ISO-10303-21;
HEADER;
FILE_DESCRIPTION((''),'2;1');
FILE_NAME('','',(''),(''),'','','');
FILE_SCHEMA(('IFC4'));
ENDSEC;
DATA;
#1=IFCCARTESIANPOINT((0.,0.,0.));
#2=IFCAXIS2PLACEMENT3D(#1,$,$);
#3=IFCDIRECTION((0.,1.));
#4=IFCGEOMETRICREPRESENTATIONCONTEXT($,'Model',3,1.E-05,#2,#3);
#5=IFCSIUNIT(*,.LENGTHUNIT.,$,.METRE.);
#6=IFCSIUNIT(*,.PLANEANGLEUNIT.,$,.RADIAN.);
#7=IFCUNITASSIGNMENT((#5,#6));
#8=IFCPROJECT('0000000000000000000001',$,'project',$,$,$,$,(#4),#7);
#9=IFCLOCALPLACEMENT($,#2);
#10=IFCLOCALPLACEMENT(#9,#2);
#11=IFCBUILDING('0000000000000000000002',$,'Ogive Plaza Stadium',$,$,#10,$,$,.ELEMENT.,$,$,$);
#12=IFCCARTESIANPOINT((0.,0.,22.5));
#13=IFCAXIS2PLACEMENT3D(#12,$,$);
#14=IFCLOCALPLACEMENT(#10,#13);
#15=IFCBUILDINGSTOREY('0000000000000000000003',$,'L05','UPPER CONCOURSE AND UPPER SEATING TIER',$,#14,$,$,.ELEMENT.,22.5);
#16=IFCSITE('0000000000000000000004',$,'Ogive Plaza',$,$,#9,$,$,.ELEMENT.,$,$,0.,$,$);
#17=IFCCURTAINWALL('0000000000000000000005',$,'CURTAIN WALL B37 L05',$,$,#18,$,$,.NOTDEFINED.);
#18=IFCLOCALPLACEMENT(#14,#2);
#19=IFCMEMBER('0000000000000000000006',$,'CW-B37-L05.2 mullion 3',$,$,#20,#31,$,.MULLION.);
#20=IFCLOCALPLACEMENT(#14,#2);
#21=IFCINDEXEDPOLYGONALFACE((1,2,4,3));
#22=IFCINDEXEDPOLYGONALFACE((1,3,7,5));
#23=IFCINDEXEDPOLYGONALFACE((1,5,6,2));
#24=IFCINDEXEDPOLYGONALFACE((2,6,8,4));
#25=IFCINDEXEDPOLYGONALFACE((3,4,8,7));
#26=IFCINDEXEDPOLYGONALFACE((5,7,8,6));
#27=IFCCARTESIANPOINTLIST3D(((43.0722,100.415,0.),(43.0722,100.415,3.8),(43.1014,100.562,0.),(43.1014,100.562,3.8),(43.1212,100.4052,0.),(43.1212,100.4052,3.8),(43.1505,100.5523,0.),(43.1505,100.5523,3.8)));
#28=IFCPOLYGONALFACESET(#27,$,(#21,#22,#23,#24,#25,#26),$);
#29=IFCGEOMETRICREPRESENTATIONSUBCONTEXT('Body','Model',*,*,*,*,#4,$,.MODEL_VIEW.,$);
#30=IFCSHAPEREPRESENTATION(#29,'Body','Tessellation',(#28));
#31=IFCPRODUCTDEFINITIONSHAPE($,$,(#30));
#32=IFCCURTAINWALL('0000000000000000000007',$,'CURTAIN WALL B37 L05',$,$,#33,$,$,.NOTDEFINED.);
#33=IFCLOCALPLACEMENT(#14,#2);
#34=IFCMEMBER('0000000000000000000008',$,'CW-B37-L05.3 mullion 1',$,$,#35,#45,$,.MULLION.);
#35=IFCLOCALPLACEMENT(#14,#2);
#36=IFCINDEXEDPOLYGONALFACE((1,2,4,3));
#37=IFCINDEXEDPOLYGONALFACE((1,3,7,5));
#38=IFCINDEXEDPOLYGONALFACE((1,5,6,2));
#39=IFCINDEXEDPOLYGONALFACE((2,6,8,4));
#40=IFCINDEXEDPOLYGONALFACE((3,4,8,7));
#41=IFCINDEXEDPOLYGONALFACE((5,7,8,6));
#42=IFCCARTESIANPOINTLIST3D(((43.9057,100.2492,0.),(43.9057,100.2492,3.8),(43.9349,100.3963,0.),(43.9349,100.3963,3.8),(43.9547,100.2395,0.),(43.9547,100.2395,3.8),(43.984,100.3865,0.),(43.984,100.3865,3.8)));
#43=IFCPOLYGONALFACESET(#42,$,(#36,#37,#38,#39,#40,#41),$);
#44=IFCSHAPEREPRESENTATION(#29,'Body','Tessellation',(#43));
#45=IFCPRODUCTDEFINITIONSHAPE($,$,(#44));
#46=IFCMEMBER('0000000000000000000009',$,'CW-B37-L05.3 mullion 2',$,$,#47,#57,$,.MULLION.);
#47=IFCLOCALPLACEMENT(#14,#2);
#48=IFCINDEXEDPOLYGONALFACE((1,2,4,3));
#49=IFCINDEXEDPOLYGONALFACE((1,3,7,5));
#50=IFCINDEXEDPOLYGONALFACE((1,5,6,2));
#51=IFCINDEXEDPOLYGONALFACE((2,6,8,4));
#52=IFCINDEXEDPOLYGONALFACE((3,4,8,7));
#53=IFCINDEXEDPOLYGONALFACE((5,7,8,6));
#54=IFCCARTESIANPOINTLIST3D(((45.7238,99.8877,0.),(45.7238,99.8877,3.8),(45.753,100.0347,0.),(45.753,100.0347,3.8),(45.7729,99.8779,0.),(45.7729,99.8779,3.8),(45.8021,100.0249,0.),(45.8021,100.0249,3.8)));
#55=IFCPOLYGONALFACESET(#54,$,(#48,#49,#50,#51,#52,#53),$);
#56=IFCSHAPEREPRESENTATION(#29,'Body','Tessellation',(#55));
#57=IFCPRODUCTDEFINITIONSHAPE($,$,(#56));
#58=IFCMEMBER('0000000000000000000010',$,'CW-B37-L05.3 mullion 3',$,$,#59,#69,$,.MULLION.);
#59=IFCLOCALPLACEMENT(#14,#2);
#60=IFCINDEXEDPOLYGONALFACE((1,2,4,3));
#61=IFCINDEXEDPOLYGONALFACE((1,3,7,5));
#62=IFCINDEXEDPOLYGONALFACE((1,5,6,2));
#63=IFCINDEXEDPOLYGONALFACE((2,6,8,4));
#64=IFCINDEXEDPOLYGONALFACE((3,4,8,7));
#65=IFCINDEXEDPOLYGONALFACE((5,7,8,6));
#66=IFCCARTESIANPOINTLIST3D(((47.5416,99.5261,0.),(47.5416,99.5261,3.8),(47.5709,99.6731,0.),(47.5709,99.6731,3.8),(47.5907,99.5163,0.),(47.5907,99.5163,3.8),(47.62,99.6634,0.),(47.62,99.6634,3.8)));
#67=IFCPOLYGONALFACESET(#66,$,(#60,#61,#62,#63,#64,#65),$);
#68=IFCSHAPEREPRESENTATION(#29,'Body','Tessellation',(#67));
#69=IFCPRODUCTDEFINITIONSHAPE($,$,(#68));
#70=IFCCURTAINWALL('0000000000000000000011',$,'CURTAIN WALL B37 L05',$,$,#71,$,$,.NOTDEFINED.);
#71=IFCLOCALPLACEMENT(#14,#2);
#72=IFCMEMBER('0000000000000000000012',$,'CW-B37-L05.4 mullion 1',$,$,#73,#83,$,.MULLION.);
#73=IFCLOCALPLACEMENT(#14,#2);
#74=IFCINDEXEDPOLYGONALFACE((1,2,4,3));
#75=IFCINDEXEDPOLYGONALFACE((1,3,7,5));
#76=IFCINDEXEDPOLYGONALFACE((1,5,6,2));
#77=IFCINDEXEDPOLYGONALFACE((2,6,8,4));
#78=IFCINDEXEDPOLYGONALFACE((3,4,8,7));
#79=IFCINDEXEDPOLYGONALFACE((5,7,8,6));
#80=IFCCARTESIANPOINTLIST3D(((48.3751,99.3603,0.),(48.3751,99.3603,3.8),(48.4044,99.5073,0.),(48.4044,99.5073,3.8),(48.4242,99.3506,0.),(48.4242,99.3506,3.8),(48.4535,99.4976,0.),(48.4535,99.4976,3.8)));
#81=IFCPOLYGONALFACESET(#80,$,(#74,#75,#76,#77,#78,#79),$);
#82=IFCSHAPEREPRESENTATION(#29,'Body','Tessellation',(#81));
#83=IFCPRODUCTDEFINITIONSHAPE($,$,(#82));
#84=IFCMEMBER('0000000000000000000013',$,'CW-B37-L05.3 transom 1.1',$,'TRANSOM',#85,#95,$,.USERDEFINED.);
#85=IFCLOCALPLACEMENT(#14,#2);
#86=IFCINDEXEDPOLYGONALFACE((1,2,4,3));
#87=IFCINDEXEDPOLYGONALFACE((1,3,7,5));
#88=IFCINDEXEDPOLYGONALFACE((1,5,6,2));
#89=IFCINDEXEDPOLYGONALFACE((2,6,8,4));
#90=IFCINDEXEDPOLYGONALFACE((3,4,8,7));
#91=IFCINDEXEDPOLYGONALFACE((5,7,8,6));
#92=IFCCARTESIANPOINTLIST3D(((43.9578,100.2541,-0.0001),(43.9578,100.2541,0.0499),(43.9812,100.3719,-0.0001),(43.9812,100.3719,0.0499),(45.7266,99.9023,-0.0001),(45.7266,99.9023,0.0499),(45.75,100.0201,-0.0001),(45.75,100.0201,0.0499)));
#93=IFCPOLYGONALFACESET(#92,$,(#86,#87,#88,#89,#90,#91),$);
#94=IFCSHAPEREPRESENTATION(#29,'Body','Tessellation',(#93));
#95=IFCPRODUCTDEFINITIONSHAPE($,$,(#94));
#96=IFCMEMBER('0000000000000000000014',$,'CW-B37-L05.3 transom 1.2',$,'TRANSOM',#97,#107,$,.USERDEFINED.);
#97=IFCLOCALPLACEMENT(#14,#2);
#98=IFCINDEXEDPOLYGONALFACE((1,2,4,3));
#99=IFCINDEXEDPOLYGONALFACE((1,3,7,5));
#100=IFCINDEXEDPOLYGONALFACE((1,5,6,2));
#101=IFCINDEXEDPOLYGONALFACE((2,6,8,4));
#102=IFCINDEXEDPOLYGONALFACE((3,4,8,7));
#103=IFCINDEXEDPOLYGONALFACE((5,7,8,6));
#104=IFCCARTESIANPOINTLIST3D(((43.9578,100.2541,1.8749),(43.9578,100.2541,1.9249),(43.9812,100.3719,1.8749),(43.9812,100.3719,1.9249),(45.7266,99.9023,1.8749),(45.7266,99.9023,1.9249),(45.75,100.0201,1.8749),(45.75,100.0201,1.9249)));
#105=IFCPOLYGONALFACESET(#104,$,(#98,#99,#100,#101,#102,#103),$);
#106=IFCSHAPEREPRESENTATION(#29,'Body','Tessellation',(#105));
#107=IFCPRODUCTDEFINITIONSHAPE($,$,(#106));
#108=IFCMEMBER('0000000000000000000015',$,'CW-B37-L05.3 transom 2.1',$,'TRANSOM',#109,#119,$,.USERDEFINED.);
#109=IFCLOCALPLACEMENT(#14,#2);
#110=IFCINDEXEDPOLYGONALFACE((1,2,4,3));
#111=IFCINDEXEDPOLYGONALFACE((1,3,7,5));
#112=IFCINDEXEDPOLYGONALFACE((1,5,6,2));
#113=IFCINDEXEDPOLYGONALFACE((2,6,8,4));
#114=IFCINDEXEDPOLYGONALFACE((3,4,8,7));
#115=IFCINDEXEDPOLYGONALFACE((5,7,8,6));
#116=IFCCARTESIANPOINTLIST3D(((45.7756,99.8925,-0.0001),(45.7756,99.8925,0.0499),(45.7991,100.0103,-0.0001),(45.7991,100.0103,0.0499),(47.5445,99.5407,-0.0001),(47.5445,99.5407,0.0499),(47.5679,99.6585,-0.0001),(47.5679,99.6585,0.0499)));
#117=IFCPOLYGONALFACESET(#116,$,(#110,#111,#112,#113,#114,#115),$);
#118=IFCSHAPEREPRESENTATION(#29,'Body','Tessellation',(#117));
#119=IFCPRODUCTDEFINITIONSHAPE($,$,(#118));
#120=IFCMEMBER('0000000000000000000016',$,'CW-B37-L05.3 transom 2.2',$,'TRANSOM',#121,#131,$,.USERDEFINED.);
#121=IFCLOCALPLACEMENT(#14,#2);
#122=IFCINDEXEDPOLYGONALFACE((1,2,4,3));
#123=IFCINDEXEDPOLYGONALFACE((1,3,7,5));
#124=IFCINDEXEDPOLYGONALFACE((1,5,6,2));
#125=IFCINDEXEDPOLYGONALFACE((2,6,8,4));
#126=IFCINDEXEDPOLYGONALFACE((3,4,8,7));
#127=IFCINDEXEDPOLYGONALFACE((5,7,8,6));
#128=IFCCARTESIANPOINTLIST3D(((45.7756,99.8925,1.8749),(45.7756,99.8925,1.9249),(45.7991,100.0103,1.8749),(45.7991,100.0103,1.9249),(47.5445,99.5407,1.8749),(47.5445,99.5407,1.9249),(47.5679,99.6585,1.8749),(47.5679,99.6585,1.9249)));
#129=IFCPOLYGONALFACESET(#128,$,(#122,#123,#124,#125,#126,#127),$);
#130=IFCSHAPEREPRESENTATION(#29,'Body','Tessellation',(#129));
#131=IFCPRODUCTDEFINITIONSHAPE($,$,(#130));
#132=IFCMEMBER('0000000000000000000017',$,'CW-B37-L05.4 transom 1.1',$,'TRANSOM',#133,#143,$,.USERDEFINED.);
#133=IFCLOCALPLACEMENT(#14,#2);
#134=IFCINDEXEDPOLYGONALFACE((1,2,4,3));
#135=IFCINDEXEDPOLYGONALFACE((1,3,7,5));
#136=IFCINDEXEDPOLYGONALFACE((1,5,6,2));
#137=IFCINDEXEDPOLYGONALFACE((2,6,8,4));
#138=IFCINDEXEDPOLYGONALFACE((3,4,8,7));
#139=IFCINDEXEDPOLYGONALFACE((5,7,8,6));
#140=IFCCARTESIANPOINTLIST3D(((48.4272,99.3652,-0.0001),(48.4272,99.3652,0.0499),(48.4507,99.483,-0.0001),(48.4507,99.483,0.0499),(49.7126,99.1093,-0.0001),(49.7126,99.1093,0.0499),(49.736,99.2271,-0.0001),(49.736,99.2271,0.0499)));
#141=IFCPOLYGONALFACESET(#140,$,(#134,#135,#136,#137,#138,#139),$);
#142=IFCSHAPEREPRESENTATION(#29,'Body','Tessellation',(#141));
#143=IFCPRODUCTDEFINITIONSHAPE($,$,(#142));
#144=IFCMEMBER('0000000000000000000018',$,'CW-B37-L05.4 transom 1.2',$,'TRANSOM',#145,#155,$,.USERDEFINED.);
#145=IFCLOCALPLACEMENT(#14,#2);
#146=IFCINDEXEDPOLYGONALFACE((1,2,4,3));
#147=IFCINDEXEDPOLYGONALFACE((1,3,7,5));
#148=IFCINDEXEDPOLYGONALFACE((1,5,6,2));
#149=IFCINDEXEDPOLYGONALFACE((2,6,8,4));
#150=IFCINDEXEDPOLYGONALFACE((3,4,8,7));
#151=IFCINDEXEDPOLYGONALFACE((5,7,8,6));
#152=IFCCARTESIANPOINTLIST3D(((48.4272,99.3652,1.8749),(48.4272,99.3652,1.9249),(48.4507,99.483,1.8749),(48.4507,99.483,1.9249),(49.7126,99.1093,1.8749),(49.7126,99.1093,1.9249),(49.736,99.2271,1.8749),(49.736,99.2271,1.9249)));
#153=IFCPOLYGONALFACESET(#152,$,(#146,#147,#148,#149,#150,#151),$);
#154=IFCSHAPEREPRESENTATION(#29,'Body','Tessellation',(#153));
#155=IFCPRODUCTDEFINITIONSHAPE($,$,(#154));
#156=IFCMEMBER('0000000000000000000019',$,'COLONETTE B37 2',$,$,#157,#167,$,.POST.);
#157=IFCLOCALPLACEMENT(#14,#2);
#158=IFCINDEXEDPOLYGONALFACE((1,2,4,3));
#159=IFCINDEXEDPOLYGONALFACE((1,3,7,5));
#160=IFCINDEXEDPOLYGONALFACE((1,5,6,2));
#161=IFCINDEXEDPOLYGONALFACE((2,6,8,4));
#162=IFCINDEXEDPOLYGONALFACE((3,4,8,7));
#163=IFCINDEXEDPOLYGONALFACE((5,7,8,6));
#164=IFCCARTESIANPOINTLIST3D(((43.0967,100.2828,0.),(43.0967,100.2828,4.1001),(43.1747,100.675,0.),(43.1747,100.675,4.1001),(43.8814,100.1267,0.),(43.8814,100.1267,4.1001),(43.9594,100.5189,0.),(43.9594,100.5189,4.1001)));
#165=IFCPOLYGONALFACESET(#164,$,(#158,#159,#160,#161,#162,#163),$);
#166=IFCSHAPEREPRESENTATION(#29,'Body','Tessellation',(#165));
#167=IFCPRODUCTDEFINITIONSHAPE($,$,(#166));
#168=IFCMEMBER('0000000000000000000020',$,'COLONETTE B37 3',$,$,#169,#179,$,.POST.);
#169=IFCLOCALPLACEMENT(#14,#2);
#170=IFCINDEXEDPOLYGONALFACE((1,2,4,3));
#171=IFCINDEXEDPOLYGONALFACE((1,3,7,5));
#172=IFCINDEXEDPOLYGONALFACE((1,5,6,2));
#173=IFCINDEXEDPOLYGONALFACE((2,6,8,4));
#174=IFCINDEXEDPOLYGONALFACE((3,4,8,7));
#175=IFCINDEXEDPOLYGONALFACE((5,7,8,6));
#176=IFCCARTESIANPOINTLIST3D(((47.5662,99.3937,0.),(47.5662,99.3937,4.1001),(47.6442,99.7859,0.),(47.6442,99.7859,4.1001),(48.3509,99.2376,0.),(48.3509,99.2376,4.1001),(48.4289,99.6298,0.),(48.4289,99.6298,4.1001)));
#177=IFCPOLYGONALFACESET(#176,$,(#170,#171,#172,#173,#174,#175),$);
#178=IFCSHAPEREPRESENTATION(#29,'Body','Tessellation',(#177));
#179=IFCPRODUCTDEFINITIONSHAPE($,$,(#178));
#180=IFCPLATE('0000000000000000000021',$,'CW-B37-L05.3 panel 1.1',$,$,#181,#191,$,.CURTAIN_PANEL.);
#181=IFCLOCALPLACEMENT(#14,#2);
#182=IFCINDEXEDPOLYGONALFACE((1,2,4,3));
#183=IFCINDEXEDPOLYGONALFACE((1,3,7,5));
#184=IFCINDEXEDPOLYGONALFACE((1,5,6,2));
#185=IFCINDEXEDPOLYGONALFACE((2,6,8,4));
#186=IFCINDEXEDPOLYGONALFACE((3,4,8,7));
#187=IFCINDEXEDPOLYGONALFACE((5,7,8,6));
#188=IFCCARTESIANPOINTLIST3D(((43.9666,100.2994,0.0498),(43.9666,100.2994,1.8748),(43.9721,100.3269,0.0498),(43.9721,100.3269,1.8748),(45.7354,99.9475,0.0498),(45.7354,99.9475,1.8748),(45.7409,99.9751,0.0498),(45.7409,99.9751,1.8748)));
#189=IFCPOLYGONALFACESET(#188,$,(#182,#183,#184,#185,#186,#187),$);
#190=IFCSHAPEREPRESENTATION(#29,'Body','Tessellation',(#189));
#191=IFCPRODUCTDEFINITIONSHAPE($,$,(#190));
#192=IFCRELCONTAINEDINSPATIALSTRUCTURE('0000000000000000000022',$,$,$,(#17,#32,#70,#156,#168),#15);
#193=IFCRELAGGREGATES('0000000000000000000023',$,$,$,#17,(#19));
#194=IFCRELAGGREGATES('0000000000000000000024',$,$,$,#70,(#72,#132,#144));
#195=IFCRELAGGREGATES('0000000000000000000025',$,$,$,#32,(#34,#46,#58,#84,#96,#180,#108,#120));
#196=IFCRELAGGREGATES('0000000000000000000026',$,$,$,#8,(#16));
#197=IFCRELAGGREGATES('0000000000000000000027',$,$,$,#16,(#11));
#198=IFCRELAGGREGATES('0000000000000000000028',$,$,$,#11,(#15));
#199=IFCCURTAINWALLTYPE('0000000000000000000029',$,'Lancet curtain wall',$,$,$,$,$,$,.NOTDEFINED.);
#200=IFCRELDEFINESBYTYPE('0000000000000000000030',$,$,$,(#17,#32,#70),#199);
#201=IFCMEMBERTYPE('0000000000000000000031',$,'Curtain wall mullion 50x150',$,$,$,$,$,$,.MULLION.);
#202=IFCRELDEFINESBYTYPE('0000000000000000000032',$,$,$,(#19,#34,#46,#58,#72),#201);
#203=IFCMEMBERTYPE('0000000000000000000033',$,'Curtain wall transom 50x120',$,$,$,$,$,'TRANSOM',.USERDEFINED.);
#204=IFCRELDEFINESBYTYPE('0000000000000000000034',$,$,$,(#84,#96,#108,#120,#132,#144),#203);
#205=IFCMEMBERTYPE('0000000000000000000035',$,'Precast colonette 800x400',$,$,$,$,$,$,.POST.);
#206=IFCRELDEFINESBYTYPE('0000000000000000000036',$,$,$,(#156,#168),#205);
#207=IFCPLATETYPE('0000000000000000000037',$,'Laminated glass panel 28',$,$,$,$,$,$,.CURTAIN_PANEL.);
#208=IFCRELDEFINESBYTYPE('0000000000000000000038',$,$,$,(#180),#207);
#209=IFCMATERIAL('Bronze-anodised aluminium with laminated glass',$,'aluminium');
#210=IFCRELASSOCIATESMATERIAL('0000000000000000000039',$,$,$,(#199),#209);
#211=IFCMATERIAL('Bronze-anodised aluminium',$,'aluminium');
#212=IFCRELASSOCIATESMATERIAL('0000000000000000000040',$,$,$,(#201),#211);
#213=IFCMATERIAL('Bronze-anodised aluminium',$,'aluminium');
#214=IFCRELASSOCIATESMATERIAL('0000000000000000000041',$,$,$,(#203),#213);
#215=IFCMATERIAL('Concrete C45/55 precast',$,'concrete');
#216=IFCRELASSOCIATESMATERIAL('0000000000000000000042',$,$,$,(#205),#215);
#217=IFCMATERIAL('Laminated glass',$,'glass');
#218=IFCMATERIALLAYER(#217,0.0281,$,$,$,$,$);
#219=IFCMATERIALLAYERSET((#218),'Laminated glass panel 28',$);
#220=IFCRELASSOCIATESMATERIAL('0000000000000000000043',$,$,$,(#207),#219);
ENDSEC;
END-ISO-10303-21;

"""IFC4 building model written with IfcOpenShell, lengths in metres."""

from ifc_helpers import new_model, si_unit, direction, frame, origin, origin_2d, place, context, subcontext, project, spatial, rectangle, extrude, material, layer, layer_set, material_profile, profile_set, type_object, element, aggregate, save


model = new_model("IFC4")

# Units and contexts
model_context = context("Model", 3, precision=1e-05, world=origin(), true_north=direction((0.0, 1.0)))
body_context = subcontext(model_context, "Body", "Model", "MODEL_VIEW")
ifc_project = project(units=[si_unit("LENGTHUNIT", "METRE"), si_unit("PLANEANGLEUNIT", "RADIAN")], contexts=[model_context])

# Site, building, storey
site_placement = place(None, origin())
site = spatial("IfcSite", under=ifc_project, at=site_placement, Name="Ogive Plaza", CompositionType="ELEMENT", RefElevation=0.0)
building_placement = place(site_placement, origin())
building = spatial("IfcBuilding", under=site, at=building_placement, Name="Ogive Plaza Stadium", CompositionType="ELEMENT")
storey_placement = place(building_placement, frame((0.0, 0.0, 22.5)))
storey = spatial("IfcBuildingStorey", under=building, at=storey_placement, Name="L05", Description="UPPER CONCOURSE AND UPPER SEATING TIER", CompositionType="ELEMENT", Elevation=22.5)

# Curtain wall, member
ifc_material_1 = material(Name="Bronze-anodised aluminium with laminated glass", Category="aluminium")
curtain_wall_type = type_object("IfcCurtainWallType", Name="Lancet curtain wall", PredefinedType="NOTDEFINED", material=ifc_material_1)
curtain_wall_1_placement = place(storey_placement, origin())
curtain_wall_1 = element("IfcCurtainWall", 1, at=curtain_wall_1_placement, inside=storey, type_object=curtain_wall_type, Name="CURTAIN WALL B37 L05", PredefinedType="NOTDEFINED")
ifc_material_2 = material(Name="Bronze-anodised aluminium", Category="aluminium")
ifc_material_profile_1 = material_profile(ifc_material_2, rectangle(XDim=0.1499, YDim=0.05, at=origin_2d()), Name="AL 150x50")
ifc_profile_set_1 = profile_set([ifc_material_profile_1], Name="Bronze-anodised aluminium")
member_type_1 = type_object("IfcMemberType", Name="Curtain wall mullion 50x150", PredefinedType="MULLION", material=ifc_profile_set_1)
member_1_placement = place(storey_placement, frame((43.1113, 100.4836, 0.0), z_axis=(0.0, 0.0, 1.0), x_axis=(0.19509, 0.980785, 0.0)))
member_1 = element("IfcMember", 2, at=member_1_placement, type_object=member_type_1, Name="CW-B37-L05.2 mullion 3", PredefinedType="MULLION", context=body_context, shape_type="SweptSolid", body=[
    extrude(rectangle(XDim=0.1499, YDim=0.05, at=origin_2d()), origin(), (0.0, 0.0, 1.0), 3.8),
])
aggregate(curtain_wall_1, [member_1])

# Curtain wall, members
curtain_wall_2_placement = place(storey_placement, origin())
curtain_wall_2 = element("IfcCurtainWall", 3, at=curtain_wall_2_placement, inside=storey, type_object=curtain_wall_type, Name="CURTAIN WALL B37 L05", PredefinedType="NOTDEFINED")
member_2_placement = place(storey_placement, frame((43.9448, 100.3179, 0.0), z_axis=(0.0, 0.0, 1.0), x_axis=(0.19509, 0.980785, 0.0)))
member_2 = element("IfcMember", 4, at=member_2_placement, type_object=member_type_1, Name="CW-B37-L05.3 mullion 1", PredefinedType="MULLION", context=body_context, shape_type="SweptSolid", body=[
    extrude(rectangle(XDim=0.1499, YDim=0.05, at=origin_2d()), origin(), (0.0, 0.0, 1.0), 3.8),
])
member_3_placement = place(storey_placement, frame((45.7629, 99.9563, 0.0), z_axis=(0.0, 0.0, 1.0), x_axis=(0.19509, 0.980785, 0.0)))
member_3 = element("IfcMember", 5, at=member_3_placement, type_object=member_type_1, Name="CW-B37-L05.3 mullion 2", PredefinedType="MULLION", context=body_context, shape_type="SweptSolid", body=[
    extrude(rectangle(XDim=0.1499, YDim=0.05, at=origin_2d()), origin(), (0.0, 0.0, 1.0), 3.8),
])
member_4_placement = place(storey_placement, frame((47.5808, 99.5947, 0.0), z_axis=(0.0, 0.0, 1.0), x_axis=(0.19509, 0.980785, 0.0)))
member_4 = element("IfcMember", 6, at=member_4_placement, type_object=member_type_1, Name="CW-B37-L05.3 mullion 3", PredefinedType="MULLION", context=body_context, shape_type="SweptSolid", body=[
    extrude(rectangle(XDim=0.1499, YDim=0.05, at=origin_2d()), origin(), (0.0, 0.0, 1.0), 3.8),
])

# Curtain wall, member
curtain_wall_3_placement = place(storey_placement, origin())
curtain_wall_3 = element("IfcCurtainWall", 7, at=curtain_wall_3_placement, inside=storey, type_object=curtain_wall_type, Name="CURTAIN WALL B37 L05", PredefinedType="NOTDEFINED")
member_5_placement = place(storey_placement, frame((48.4143, 99.429, 0.0), z_axis=(0.0, 0.0, 1.0), x_axis=(0.19509, 0.980785, 0.0)))
member_5 = element("IfcMember", 8, at=member_5_placement, type_object=member_type_1, Name="CW-B37-L05.4 mullion 1", PredefinedType="MULLION", context=body_context, shape_type="SweptSolid", body=[
    extrude(rectangle(XDim=0.1499, YDim=0.05, at=origin_2d()), origin(), (0.0, 0.0, 1.0), 3.8),
])

# Members
ifc_material_3 = material(Name="Bronze-anodised aluminium", Category="aluminium")
ifc_material_profile_2 = material_profile(ifc_material_3, rectangle(XDim=0.1201, YDim=0.05, at=origin_2d()), Name="AL 120x50")
ifc_profile_set_2 = profile_set([ifc_material_profile_2], Name="Bronze-anodised aluminium")
member_type_2 = type_object("IfcMemberType", Name="Curtain wall transom 50x120", ElementType="TRANSOM", PredefinedType="USERDEFINED", material=ifc_profile_set_2)
member_6_placement = place(storey_placement, frame((43.9695, 100.313, 0.0249), z_axis=(0.980788, -0.195075, 0.0), x_axis=(0.195075, 0.980788, 0.0)))
member_6 = element("IfcMember", 9, at=member_6_placement, type_object=member_type_2, Name="CW-B37-L05.3 transom 1.1", ObjectType="TRANSOM", PredefinedType="USERDEFINED", context=body_context, shape_type="SweptSolid", body=[
    extrude(rectangle(XDim=0.1201, YDim=0.05, at=origin_2d()), origin(), (0.0, 0.0, 1.0), 1.8035),
])
member_7_placement = place(storey_placement, frame((43.9695, 100.313, 1.8999), z_axis=(0.980788, -0.195075, 0.0), x_axis=(0.195075, 0.980788, 0.0)))
member_7 = element("IfcMember", 10, at=member_7_placement, type_object=member_type_2, Name="CW-B37-L05.3 transom 1.2", ObjectType="TRANSOM", PredefinedType="USERDEFINED", context=body_context, shape_type="SweptSolid", body=[
    extrude(rectangle(XDim=0.1201, YDim=0.05, at=origin_2d()), origin(), (0.0, 0.0, 1.0), 1.8035),
])
member_8_placement = place(storey_placement, frame((45.7874, 99.9514, 0.0249), z_axis=(0.980788, -0.195075, 0.0), x_axis=(0.195075, 0.980788, 0.0)))
member_8 = element("IfcMember", 11, at=member_8_placement, type_object=member_type_2, Name="CW-B37-L05.3 transom 2.1", ObjectType="TRANSOM", PredefinedType="USERDEFINED", context=body_context, shape_type="SweptSolid", body=[
    extrude(rectangle(XDim=0.1201, YDim=0.05, at=origin_2d()), origin(), (0.0, 0.0, 1.0), 1.8035),
])
member_9_placement = place(storey_placement, frame((45.7874, 99.9514, 1.8999), z_axis=(0.980788, -0.195075, 0.0), x_axis=(0.195075, 0.980788, 0.0)))
member_9 = element("IfcMember", 12, at=member_9_placement, type_object=member_type_2, Name="CW-B37-L05.3 transom 2.2", ObjectType="TRANSOM", PredefinedType="USERDEFINED", context=body_context, shape_type="SweptSolid", body=[
    extrude(rectangle(XDim=0.1201, YDim=0.05, at=origin_2d()), origin(), (0.0, 0.0, 1.0), 1.8035),
])
member_10_placement = place(storey_placement, frame((48.439, 99.4241, 0.0249), z_axis=(0.980759, -0.19522, 0.0), x_axis=(0.19522, 0.980759, 0.0)))
member_10 = element("IfcMember", 13, at=member_10_placement, type_object=member_type_2, Name="CW-B37-L05.4 transom 1.1", ObjectType="TRANSOM", PredefinedType="USERDEFINED", context=body_context, shape_type="SweptSolid", body=[
    extrude(rectangle(XDim=0.1201, YDim=0.05, at=origin_2d()), origin(), (0.0, 0.0, 1.0), 1.3105),
])
member_11_placement = place(storey_placement, frame((48.439, 99.4241, 1.8999), z_axis=(0.980759, -0.19522, 0.0), x_axis=(0.19522, 0.980759, 0.0)))
member_11 = element("IfcMember", 14, at=member_11_placement, type_object=member_type_2, Name="CW-B37-L05.4 transom 1.2", ObjectType="TRANSOM", PredefinedType="USERDEFINED", context=body_context, shape_type="SweptSolid", body=[
    extrude(rectangle(XDim=0.1201, YDim=0.05, at=origin_2d()), origin(), (0.0, 0.0, 1.0), 1.3105),
])
aggregate(curtain_wall_3, [member_5, member_10, member_11])

# Members
ifc_material_4 = material(Name="Concrete C45/55 precast", Category="concrete")
ifc_material_profile_3 = material_profile(ifc_material_4, rectangle(XDim=0.3999, YDim=0.8, at=origin_2d()), Name="RC 400x800")
ifc_profile_set_3 = profile_set([ifc_material_profile_3], Name="Concrete C45/55 precast")
member_type_3 = type_object("IfcMemberType", Name="Precast colonette 800x400", PredefinedType="POST", material=ifc_profile_set_3)
for number, where, z_axis, x_axis, name in (
    (15, (43.5281, 100.4009, 0.0), (0.0, 0.0, 1.0), (0.19509, 0.980785, 0.0), "COLONETTE B37 2"),
    (16, (47.9976, 99.5117, 0.0), (0.0, 0.0, 1.0), (0.19509, 0.980785, 0.0), "COLONETTE B37 3"),
):
    element("IfcMember", number, at=place(storey_placement, frame(where, z_axis=z_axis, x_axis=x_axis)), inside=storey, type_object=member_type_3, Name=name, PredefinedType="POST", context=body_context, shape_type="SweptSolid", body=[
        extrude(rectangle(XDim=0.3999, YDim=0.8, at=origin_2d()), origin(), (0.0, 0.0, 1.0), 4.1001),
    ])

# Plate
ifc_material_5 = material(Name="Laminated glass", Category="glass")
ifc_layer_1 = layer(ifc_material_5, 0.0281)
ifc_layer_set_1 = layer_set([ifc_layer_1], Name="Laminated glass panel 28")
plate_type = type_object("IfcPlateType", Name="Laminated glass panel 28", PredefinedType="CURTAIN_PANEL", material=ifc_layer_set_1)
plate_1_placement = place(storey_placement, frame((44.8538, 100.1372, 0.0498), z_axis=(0.0, 0.0, 1.0), x_axis=(0.980785, -0.19509, 0.0)))
plate_1 = element("IfcPlate", 17, at=plate_1_placement, type_object=plate_type, Name="CW-B37-L05.3 panel 1.1", PredefinedType="CURTAIN_PANEL", context=body_context, shape_type="SweptSolid", body=[
    extrude(rectangle(XDim=1.8035, YDim=0.0281, at=origin_2d()), origin(), (0.0, 0.0, 1.0), 1.825),
])
aggregate(curtain_wall_2, [member_2, member_3, member_4, member_6, member_7, plate_1, member_8, member_9])

save(model, "model.ifc")
